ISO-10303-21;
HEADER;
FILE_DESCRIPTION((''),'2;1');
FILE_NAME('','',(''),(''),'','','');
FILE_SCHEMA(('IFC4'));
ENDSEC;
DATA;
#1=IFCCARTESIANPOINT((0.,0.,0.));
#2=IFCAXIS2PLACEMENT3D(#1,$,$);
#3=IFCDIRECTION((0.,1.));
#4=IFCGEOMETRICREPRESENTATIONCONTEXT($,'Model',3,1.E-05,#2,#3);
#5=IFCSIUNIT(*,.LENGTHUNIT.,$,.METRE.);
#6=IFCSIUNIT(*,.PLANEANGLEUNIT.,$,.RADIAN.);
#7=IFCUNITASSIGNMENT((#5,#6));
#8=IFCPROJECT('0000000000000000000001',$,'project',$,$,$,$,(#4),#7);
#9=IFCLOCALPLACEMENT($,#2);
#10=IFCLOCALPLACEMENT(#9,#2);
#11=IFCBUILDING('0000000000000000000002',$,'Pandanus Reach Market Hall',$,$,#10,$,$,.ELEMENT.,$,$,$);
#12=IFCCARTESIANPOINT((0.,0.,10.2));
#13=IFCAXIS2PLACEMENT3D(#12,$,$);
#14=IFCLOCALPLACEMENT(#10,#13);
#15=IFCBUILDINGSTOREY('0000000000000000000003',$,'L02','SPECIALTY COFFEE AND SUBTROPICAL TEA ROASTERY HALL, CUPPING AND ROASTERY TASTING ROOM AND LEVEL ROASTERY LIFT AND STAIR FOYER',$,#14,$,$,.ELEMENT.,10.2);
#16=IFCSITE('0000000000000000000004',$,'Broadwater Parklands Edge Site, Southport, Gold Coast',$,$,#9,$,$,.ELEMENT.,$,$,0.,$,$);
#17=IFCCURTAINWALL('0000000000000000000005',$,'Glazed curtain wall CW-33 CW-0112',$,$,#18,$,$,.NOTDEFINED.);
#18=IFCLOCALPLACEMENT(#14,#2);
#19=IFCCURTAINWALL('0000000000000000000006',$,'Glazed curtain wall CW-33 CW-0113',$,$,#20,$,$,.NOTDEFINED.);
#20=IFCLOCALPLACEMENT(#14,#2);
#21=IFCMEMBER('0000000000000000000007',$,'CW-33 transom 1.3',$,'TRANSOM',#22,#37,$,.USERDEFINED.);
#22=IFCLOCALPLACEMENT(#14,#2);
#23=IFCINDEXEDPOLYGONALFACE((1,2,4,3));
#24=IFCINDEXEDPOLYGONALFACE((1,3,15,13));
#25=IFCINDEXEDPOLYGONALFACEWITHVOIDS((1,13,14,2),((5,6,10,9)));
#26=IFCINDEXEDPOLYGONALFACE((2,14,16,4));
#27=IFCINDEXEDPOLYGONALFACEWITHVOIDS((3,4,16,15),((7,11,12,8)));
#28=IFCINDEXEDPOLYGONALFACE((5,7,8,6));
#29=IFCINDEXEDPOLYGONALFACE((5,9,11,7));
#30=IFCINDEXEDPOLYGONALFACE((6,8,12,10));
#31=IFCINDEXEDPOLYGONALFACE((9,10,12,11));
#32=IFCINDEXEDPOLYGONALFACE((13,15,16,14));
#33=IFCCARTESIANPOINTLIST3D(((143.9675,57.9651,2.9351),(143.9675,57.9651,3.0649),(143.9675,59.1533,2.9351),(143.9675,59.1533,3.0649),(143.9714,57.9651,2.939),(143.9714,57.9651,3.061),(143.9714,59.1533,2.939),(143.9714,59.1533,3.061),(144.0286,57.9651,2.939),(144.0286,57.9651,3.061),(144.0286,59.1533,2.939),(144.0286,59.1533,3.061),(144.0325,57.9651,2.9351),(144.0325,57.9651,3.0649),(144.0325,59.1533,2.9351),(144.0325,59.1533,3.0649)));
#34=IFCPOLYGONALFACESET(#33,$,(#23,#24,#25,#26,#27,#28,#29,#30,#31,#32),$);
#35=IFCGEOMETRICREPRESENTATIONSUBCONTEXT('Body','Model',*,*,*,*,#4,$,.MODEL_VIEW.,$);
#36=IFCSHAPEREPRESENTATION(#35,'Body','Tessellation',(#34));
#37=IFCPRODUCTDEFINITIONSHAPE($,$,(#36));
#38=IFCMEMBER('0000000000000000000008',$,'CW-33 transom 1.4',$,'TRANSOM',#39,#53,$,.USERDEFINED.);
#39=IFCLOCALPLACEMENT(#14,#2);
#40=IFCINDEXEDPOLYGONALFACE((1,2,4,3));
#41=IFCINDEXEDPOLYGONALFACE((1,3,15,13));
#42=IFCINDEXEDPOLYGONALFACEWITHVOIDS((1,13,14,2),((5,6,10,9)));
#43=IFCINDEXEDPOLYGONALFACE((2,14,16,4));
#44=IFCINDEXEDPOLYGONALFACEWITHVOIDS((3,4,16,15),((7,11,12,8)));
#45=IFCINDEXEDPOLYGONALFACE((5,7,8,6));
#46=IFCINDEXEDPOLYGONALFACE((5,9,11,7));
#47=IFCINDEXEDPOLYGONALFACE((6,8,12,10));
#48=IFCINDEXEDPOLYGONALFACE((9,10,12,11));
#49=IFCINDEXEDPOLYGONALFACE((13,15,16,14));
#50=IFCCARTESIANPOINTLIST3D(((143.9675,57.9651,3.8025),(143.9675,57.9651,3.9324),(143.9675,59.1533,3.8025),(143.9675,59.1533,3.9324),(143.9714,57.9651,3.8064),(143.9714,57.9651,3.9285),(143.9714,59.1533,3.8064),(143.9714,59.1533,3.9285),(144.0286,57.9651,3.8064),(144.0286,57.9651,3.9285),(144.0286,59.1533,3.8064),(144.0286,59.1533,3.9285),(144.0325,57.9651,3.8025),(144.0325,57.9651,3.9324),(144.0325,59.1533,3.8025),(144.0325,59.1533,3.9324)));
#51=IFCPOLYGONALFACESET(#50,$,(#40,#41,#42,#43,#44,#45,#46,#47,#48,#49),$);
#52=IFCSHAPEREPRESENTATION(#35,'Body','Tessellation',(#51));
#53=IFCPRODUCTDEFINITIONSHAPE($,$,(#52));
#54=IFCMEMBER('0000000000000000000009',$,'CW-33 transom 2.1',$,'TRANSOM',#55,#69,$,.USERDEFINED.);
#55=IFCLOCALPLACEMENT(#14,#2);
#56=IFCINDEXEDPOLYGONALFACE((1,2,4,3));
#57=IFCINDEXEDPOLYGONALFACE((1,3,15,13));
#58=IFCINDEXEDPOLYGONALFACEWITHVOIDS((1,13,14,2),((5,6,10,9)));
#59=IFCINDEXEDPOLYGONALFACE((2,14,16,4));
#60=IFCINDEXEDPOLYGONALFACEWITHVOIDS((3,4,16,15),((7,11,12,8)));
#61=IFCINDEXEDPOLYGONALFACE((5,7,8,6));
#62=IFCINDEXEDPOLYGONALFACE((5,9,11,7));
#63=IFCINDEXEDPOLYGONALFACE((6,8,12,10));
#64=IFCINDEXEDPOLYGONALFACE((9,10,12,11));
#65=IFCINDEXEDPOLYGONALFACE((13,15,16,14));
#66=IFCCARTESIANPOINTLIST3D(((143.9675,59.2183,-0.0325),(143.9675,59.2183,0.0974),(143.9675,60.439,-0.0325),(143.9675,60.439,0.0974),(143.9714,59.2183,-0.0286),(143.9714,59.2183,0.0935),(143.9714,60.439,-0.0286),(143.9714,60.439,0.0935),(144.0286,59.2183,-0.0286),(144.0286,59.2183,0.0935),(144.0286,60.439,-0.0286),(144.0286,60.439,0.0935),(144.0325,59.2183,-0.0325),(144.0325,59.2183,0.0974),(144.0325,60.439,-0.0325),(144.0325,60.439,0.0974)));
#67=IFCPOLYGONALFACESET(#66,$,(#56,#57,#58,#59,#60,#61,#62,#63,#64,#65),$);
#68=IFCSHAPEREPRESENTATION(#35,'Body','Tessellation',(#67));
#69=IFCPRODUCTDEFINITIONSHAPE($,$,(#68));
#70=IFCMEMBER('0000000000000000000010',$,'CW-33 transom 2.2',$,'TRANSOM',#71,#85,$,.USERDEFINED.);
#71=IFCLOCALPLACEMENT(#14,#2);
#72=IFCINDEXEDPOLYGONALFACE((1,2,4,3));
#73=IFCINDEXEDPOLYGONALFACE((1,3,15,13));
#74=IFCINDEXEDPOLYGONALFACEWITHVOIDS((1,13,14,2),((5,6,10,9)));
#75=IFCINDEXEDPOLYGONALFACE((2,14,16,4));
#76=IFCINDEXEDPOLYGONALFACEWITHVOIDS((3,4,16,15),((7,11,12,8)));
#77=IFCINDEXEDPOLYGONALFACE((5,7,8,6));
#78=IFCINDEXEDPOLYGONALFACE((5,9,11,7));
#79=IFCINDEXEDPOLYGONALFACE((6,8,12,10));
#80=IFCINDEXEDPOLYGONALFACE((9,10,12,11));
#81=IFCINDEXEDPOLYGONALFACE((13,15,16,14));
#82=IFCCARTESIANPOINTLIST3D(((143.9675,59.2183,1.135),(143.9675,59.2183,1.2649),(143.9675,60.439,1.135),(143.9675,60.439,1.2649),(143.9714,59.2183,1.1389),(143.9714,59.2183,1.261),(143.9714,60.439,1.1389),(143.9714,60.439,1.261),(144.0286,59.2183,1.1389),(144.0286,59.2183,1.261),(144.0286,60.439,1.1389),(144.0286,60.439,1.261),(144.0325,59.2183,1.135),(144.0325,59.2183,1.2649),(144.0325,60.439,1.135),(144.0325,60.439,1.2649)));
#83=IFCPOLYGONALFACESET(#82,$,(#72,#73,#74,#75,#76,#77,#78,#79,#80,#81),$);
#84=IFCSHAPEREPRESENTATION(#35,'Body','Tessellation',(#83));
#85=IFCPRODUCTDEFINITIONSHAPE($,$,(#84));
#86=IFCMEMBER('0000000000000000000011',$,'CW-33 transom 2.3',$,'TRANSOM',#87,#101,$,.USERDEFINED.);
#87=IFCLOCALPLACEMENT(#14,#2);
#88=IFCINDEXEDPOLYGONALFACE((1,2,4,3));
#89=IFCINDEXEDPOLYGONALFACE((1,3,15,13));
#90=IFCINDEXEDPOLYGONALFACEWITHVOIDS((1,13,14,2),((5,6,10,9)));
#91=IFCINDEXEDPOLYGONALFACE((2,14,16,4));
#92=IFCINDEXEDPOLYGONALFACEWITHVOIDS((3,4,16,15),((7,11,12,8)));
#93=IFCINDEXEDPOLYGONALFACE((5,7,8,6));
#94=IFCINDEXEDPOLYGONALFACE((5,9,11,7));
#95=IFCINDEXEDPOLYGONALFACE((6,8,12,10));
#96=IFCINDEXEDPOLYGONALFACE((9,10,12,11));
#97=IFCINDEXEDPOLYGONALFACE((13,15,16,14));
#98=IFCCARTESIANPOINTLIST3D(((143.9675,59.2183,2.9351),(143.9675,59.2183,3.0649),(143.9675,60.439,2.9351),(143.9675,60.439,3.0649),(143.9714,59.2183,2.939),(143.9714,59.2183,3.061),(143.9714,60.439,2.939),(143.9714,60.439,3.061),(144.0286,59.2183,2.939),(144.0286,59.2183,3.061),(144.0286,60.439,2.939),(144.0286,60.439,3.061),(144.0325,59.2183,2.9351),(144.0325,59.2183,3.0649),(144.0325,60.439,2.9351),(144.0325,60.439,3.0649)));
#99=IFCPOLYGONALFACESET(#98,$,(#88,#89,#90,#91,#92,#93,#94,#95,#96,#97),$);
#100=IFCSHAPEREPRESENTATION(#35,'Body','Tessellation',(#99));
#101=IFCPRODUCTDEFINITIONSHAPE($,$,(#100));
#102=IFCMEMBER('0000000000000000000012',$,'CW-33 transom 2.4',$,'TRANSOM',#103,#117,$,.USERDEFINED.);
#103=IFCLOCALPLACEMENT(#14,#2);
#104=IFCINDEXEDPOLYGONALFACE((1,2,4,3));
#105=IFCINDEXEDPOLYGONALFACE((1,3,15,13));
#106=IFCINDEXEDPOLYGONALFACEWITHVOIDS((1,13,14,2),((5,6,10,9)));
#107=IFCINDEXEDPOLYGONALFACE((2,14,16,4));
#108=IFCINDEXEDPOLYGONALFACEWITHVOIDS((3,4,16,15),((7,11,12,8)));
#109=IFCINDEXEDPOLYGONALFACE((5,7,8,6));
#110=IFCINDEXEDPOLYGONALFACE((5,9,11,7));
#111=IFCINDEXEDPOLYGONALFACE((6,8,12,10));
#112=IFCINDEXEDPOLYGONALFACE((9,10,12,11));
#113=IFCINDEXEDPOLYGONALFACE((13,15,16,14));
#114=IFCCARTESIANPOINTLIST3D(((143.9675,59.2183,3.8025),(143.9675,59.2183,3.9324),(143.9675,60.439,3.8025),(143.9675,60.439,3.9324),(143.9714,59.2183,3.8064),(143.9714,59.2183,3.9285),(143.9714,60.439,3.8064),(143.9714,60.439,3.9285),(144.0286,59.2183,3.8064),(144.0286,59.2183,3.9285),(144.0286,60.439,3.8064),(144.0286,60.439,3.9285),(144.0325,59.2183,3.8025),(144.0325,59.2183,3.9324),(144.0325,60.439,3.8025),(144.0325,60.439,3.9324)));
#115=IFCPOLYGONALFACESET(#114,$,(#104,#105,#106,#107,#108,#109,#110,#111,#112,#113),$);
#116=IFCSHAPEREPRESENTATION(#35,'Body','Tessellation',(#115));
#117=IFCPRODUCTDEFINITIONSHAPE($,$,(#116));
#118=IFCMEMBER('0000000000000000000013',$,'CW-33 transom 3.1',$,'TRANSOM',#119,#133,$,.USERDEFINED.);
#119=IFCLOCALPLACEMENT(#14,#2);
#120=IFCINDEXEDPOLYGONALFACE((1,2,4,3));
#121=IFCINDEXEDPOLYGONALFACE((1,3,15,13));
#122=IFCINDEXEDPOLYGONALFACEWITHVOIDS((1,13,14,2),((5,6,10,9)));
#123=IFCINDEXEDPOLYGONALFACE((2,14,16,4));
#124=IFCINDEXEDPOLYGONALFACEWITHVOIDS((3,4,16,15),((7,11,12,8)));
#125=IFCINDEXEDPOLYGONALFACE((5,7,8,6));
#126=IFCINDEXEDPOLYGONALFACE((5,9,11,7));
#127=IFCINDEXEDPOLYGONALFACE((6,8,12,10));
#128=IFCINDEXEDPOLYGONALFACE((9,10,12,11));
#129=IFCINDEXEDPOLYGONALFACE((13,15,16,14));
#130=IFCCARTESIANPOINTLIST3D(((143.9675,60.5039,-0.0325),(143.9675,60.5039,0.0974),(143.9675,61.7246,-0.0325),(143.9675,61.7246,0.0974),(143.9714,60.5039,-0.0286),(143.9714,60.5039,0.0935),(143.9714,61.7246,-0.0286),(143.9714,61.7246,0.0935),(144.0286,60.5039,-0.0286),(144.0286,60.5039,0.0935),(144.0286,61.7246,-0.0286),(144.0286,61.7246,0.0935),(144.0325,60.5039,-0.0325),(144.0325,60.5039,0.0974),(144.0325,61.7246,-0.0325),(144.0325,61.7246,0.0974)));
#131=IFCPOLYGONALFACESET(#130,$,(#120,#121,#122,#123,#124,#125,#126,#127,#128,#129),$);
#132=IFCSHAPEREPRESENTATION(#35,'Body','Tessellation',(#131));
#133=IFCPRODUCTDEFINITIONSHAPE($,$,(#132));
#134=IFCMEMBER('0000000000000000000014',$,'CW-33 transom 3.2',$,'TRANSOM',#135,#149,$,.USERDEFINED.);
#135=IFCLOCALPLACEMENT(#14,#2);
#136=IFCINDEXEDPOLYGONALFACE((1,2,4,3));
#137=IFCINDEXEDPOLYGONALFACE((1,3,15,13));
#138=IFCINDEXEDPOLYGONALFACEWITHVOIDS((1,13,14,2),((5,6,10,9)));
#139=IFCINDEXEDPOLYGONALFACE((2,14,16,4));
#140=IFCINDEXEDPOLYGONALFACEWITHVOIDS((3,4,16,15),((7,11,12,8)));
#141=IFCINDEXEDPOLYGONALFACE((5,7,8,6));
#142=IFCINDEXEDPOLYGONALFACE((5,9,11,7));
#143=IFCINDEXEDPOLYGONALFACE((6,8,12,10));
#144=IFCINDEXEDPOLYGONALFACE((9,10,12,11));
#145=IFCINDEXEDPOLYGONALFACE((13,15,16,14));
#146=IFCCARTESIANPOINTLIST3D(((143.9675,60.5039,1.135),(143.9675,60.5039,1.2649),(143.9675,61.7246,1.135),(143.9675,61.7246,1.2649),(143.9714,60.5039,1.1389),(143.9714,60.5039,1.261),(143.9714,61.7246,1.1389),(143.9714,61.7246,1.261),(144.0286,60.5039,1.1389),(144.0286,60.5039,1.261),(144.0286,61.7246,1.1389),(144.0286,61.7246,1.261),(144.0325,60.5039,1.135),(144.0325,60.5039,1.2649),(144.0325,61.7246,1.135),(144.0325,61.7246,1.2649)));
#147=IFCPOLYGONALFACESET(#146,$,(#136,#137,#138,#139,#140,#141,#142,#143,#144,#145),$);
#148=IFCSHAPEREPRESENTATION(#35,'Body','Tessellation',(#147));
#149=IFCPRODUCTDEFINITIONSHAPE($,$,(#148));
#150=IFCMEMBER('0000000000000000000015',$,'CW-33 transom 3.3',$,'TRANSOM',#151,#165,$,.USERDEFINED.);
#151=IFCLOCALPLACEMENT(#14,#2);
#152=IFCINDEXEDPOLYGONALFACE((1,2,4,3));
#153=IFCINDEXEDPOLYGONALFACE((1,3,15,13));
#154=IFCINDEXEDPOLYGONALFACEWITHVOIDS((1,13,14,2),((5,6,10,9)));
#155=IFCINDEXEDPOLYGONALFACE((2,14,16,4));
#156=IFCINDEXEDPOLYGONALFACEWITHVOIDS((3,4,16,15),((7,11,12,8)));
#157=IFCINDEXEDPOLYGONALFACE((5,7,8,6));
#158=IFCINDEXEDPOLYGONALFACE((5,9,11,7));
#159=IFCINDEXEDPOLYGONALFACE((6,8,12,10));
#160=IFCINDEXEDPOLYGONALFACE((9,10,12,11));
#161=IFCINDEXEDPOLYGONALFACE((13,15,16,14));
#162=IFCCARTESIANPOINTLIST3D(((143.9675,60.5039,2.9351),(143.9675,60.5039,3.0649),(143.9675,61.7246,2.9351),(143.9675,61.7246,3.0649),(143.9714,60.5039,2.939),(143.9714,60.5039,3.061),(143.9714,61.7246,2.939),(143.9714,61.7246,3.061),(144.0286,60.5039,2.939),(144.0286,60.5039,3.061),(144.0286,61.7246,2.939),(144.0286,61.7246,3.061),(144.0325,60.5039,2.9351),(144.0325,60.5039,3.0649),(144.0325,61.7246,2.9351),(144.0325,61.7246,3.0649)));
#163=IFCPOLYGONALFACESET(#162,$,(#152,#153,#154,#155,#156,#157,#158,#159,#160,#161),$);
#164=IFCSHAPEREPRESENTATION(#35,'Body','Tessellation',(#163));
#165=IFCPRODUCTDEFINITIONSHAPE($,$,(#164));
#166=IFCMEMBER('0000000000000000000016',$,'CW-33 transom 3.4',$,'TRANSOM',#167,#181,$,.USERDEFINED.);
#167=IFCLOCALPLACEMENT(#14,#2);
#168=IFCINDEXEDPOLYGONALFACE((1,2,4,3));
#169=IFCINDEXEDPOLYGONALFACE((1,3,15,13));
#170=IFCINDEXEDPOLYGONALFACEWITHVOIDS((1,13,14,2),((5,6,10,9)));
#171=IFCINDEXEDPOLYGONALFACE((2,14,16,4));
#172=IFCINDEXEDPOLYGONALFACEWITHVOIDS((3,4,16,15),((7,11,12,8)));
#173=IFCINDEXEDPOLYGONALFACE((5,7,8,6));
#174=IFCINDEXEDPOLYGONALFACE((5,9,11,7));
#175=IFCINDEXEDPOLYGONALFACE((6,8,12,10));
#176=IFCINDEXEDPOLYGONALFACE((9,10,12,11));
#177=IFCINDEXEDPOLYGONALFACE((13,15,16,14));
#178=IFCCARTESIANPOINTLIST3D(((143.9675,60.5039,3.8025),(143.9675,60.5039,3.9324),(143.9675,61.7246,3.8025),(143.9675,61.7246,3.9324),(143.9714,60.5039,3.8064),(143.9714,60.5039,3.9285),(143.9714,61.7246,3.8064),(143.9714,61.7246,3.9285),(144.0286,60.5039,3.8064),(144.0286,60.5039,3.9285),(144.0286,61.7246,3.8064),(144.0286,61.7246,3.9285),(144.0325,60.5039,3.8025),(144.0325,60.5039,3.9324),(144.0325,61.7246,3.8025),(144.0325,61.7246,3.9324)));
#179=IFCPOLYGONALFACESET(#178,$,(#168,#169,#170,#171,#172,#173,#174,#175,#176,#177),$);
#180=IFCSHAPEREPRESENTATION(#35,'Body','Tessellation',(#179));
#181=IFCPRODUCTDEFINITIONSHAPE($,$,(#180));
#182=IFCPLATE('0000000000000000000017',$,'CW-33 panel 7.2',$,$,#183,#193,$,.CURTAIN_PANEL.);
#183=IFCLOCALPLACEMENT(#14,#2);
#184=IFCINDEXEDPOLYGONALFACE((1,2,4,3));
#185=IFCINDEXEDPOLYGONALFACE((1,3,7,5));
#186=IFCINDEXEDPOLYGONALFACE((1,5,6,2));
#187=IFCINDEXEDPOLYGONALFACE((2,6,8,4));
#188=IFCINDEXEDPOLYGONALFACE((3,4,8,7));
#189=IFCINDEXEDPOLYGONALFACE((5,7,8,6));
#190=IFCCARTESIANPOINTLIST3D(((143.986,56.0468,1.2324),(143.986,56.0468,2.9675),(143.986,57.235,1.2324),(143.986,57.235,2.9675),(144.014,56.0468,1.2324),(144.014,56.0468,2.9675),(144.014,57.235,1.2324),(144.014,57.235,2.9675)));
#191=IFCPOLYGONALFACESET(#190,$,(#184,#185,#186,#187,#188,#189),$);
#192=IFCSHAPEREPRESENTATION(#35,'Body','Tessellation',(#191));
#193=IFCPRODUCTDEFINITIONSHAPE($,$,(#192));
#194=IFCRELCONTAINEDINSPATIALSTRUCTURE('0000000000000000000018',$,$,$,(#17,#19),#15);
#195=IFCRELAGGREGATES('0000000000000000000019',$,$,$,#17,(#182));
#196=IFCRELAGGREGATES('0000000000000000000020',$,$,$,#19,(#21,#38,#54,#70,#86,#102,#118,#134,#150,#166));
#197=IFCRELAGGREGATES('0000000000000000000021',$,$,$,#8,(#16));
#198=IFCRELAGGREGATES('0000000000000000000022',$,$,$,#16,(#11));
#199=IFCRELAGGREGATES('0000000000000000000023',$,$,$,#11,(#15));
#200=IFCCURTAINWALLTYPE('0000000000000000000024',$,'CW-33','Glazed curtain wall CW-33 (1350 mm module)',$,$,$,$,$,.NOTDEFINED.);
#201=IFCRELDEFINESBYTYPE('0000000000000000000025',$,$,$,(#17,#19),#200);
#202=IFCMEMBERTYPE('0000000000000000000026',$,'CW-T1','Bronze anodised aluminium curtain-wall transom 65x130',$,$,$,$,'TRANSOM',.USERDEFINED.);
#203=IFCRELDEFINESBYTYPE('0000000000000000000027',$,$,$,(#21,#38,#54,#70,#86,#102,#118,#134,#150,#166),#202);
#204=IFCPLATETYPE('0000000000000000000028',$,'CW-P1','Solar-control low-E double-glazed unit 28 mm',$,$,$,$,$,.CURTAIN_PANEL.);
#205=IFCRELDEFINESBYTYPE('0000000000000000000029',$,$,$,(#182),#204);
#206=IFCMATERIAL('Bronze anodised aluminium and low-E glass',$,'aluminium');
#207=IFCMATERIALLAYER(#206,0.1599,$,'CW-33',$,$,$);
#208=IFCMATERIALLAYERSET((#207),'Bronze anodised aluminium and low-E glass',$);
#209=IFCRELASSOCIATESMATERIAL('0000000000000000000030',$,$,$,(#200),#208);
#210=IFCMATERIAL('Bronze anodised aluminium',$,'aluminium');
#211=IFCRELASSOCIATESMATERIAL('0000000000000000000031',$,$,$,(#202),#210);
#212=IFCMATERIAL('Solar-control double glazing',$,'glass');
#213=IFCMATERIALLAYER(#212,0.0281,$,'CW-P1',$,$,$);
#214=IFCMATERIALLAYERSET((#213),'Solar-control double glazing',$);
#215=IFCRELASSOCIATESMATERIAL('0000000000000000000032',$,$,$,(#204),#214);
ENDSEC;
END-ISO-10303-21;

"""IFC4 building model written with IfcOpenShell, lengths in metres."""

from ifc_helpers import new_model, si_unit, direction, frame, origin, origin_2d, place, context, subcontext, project, spatial, rectangle, hollow_rectangle, extrude, material, layer, layer_set, material_profile, profile_set, type_object, element, aggregate, save


model = new_model("IFC4")

# Units and contexts
model_context = context("Model", 3, precision=1e-05, world=origin(), true_north=direction((0.0, 1.0)))
body_context = subcontext(model_context, "Body", "Model", "MODEL_VIEW")
ifc_project = project(units=[si_unit("LENGTHUNIT", "METRE"), si_unit("PLANEANGLEUNIT", "RADIAN")], contexts=[model_context])

# Site, building, storey
site_placement = place(None, origin())
site = spatial("IfcSite", under=ifc_project, at=site_placement, Name="Broadwater Parklands Edge Site, Southport, Gold Coast", CompositionType="ELEMENT", RefElevation=0.0)
building_placement = place(site_placement, origin())
building = spatial("IfcBuilding", under=site, at=building_placement, Name="Pandanus Reach Market Hall", CompositionType="ELEMENT")
storey_placement = place(building_placement, frame((0.0, 0.0, 10.2)))
storey = spatial("IfcBuildingStorey", under=building, at=storey_placement, Name="L02", Description="SPECIALTY COFFEE AND SUBTROPICAL TEA ROASTERY HALL, CUPPING AND ROASTERY TASTING ROOM AND LEVEL ROASTERY LIFT AND STAIR FOYER", CompositionType="ELEMENT", Elevation=10.2)

# Curtain wall
ifc_material_1 = material(Name="Bronze anodised aluminium and low-E glass", Category="aluminium")
ifc_layer_1 = layer(ifc_material_1, 0.1599, Name="CW-33")
ifc_layer_set_1 = layer_set([ifc_layer_1], Name="Bronze anodised aluminium and low-E glass")
curtain_wall_type = type_object("IfcCurtainWallType", Name="CW-33", Description="Glazed curtain wall CW-33 (1350 mm module)", PredefinedType="NOTDEFINED", material=ifc_layer_set_1)
curtain_wall_1_placement = place(storey_placement, origin())
curtain_wall_1 = element("IfcCurtainWall", 1, at=curtain_wall_1_placement, inside=storey, type_object=curtain_wall_type, Name="Glazed curtain wall CW-33 CW-0112", PredefinedType="NOTDEFINED")
ifc_material_2 = material(Name="Bronze anodised aluminium", Category="aluminium")

# Curtain wall, members
curtain_wall_2_placement = place(storey_placement, origin())
curtain_wall_2 = element("IfcCurtainWall", 2, at=curtain_wall_2_placement, inside=storey, type_object=curtain_wall_type, Name="Glazed curtain wall CW-33 CW-0113", PredefinedType="NOTDEFINED")
ifc_material_profile_1 = material_profile(ifc_material_2, hollow_rectangle(XDim=0.0649, YDim=0.1299, WallThickness=0.0039, at=origin_2d()), Name="ALU65x130", Category="LoadBearing")
ifc_profile_set_1 = profile_set([ifc_material_profile_1], Name="Bronze anodised aluminium")
member_type_1 = type_object("IfcMemberType", Name="CW-T1", Description="Bronze anodised aluminium curtain-wall transom 65x130", ElementType="TRANSOM", PredefinedType="USERDEFINED", material=ifc_profile_set_1)
member_1_placement = place(storey_placement, frame((144.0, 57.9651, 3.0), z_axis=(0.0, 1.0, 0.0), x_axis=(-1.0, 0.0, 0.0)))
member_1 = element("IfcMember", 3, at=member_1_placement, type_object=member_type_1, Name="CW-33 transom 1.3", ObjectType="TRANSOM", PredefinedType="USERDEFINED", context=body_context, shape_type="SweptSolid", body=[
    extrude(hollow_rectangle(XDim=0.0649, YDim=0.1299, WallThickness=0.0039, at=origin_2d()), origin(), (0.0, 0.0, 1.0), 1.1882),
])
member_2_placement = place(storey_placement, frame((144.0, 57.9651, 3.8674), z_axis=(0.0, 1.0, 0.0), x_axis=(-1.0, 0.0, 0.0)))
member_2 = element("IfcMember", 4, at=member_2_placement, type_object=member_type_1, Name="CW-33 transom 1.4", ObjectType="TRANSOM", PredefinedType="USERDEFINED", context=body_context, shape_type="SweptSolid", body=[
    extrude(hollow_rectangle(XDim=0.0649, YDim=0.1299, WallThickness=0.0039, at=origin_2d()), origin(), (0.0, 0.0, 1.0), 1.1882),
])
member_3_placement = place(storey_placement, frame((144.0, 59.2183, 0.0325), z_axis=(0.0, 1.0, 0.0), x_axis=(-1.0, 0.0, 0.0)))
member_3 = element("IfcMember", 5, at=member_3_placement, type_object=member_type_1, Name="CW-33 transom 2.1", ObjectType="TRANSOM", PredefinedType="USERDEFINED", context=body_context, shape_type="SweptSolid", body=[
    extrude(hollow_rectangle(XDim=0.0649, YDim=0.1299, WallThickness=0.0039, at=origin_2d()), origin(), (0.0, 0.0, 1.0), 1.2207),
])
member_4_placement = place(storey_placement, frame((144.0, 59.2183, 1.2), z_axis=(0.0, 1.0, 0.0), x_axis=(-1.0, 0.0, 0.0)))
member_4 = element("IfcMember", 6, at=member_4_placement, type_object=member_type_1, Name="CW-33 transom 2.2", ObjectType="TRANSOM", PredefinedType="USERDEFINED", context=body_context, shape_type="SweptSolid", body=[
    extrude(hollow_rectangle(XDim=0.0649, YDim=0.1299, WallThickness=0.0039, at=origin_2d()), origin(), (0.0, 0.0, 1.0), 1.2207),
])
member_5_placement = place(storey_placement, frame((144.0, 59.2183, 3.0), z_axis=(0.0, 1.0, 0.0), x_axis=(-1.0, 0.0, 0.0)))
member_5 = element("IfcMember", 7, at=member_5_placement, type_object=member_type_1, Name="CW-33 transom 2.3", ObjectType="TRANSOM", PredefinedType="USERDEFINED", context=body_context, shape_type="SweptSolid", body=[
    extrude(hollow_rectangle(XDim=0.0649, YDim=0.1299, WallThickness=0.0039, at=origin_2d()), origin(), (0.0, 0.0, 1.0), 1.2207),
])
member_6_placement = place(storey_placement, frame((144.0, 59.2183, 3.8674), z_axis=(0.0, 1.0, 0.0), x_axis=(-1.0, 0.0, 0.0)))
member_6 = element("IfcMember", 8, at=member_6_placement, type_object=member_type_1, Name="CW-33 transom 2.4", ObjectType="TRANSOM", PredefinedType="USERDEFINED", context=body_context, shape_type="SweptSolid", body=[
    extrude(hollow_rectangle(XDim=0.0649, YDim=0.1299, WallThickness=0.0039, at=origin_2d()), origin(), (0.0, 0.0, 1.0), 1.2207),
])
member_7_placement = place(storey_placement, frame((144.0, 60.5039, 0.0325), z_axis=(0.0, 1.0, 0.0), x_axis=(-1.0, 0.0, 0.0)))
member_7 = element("IfcMember", 9, at=member_7_placement, type_object=member_type_1, Name="CW-33 transom 3.1", ObjectType="TRANSOM", PredefinedType="USERDEFINED", context=body_context, shape_type="SweptSolid", body=[
    extrude(hollow_rectangle(XDim=0.0649, YDim=0.1299, WallThickness=0.0039, at=origin_2d()), origin(), (0.0, 0.0, 1.0), 1.2207),
])
member_8_placement = place(storey_placement, frame((144.0, 60.5039, 1.2), z_axis=(0.0, 1.0, 0.0), x_axis=(-1.0, 0.0, 0.0)))
member_8 = element("IfcMember", 10, at=member_8_placement, type_object=member_type_1, Name="CW-33 transom 3.2", ObjectType="TRANSOM", PredefinedType="USERDEFINED", context=body_context, shape_type="SweptSolid", body=[
    extrude(hollow_rectangle(XDim=0.0649, YDim=0.1299, WallThickness=0.0039, at=origin_2d()), origin(), (0.0, 0.0, 1.0), 1.2207),
])
member_9_placement = place(storey_placement, frame((144.0, 60.5039, 3.0), z_axis=(0.0, 1.0, 0.0), x_axis=(-1.0, 0.0, 0.0)))
member_9 = element("IfcMember", 11, at=member_9_placement, type_object=member_type_1, Name="CW-33 transom 3.3", ObjectType="TRANSOM", PredefinedType="USERDEFINED", context=body_context, shape_type="SweptSolid", body=[
    extrude(hollow_rectangle(XDim=0.0649, YDim=0.1299, WallThickness=0.0039, at=origin_2d()), origin(), (0.0, 0.0, 1.0), 1.2207),
])
member_10_placement = place(storey_placement, frame((144.0, 60.5039, 3.8674), z_axis=(0.0, 1.0, 0.0), x_axis=(-1.0, 0.0, 0.0)))
member_10 = element("IfcMember", 12, at=member_10_placement, type_object=member_type_1, Name="CW-33 transom 3.4", ObjectType="TRANSOM", PredefinedType="USERDEFINED", context=body_context, shape_type="SweptSolid", body=[
    extrude(hollow_rectangle(XDim=0.0649, YDim=0.1299, WallThickness=0.0039, at=origin_2d()), origin(), (0.0, 0.0, 1.0), 1.2207),
])

# Plate
ifc_material_3 = material(Name="Solar-control double glazing", Category="glass")
ifc_layer_2 = layer(ifc_material_3, 0.0281, Name="CW-P1")
ifc_layer_set_2 = layer_set([ifc_layer_2], Name="Solar-control double glazing")
plate_type = type_object("IfcPlateType", Name="CW-P1", Description="Solar-control low-E double-glazed unit 28 mm", PredefinedType="CURTAIN_PANEL", material=ifc_layer_set_2)
plate_1_placement = place(storey_placement, frame((144.0, 56.6409, 1.2324), z_axis=(0.0, 0.0, 1.0), x_axis=(0.0, 1.0, 0.0)))
plate_1 = element("IfcPlate", 13, at=plate_1_placement, type_object=plate_type, Name="CW-33 panel 7.2", PredefinedType="CURTAIN_PANEL", context=body_context, shape_type="SweptSolid", body=[
    extrude(rectangle(XDim=1.1882, YDim=0.0281, at=origin_2d()), origin(), (0.0, 0.0, 1.0), 1.7351),
])
aggregate(curtain_wall_1, [plate_1])
aggregate(curtain_wall_2, [member_1, member_2, member_3, member_4, member_5, member_6, member_7, member_8, member_9, member_10])

save(model, "model.ifc")
